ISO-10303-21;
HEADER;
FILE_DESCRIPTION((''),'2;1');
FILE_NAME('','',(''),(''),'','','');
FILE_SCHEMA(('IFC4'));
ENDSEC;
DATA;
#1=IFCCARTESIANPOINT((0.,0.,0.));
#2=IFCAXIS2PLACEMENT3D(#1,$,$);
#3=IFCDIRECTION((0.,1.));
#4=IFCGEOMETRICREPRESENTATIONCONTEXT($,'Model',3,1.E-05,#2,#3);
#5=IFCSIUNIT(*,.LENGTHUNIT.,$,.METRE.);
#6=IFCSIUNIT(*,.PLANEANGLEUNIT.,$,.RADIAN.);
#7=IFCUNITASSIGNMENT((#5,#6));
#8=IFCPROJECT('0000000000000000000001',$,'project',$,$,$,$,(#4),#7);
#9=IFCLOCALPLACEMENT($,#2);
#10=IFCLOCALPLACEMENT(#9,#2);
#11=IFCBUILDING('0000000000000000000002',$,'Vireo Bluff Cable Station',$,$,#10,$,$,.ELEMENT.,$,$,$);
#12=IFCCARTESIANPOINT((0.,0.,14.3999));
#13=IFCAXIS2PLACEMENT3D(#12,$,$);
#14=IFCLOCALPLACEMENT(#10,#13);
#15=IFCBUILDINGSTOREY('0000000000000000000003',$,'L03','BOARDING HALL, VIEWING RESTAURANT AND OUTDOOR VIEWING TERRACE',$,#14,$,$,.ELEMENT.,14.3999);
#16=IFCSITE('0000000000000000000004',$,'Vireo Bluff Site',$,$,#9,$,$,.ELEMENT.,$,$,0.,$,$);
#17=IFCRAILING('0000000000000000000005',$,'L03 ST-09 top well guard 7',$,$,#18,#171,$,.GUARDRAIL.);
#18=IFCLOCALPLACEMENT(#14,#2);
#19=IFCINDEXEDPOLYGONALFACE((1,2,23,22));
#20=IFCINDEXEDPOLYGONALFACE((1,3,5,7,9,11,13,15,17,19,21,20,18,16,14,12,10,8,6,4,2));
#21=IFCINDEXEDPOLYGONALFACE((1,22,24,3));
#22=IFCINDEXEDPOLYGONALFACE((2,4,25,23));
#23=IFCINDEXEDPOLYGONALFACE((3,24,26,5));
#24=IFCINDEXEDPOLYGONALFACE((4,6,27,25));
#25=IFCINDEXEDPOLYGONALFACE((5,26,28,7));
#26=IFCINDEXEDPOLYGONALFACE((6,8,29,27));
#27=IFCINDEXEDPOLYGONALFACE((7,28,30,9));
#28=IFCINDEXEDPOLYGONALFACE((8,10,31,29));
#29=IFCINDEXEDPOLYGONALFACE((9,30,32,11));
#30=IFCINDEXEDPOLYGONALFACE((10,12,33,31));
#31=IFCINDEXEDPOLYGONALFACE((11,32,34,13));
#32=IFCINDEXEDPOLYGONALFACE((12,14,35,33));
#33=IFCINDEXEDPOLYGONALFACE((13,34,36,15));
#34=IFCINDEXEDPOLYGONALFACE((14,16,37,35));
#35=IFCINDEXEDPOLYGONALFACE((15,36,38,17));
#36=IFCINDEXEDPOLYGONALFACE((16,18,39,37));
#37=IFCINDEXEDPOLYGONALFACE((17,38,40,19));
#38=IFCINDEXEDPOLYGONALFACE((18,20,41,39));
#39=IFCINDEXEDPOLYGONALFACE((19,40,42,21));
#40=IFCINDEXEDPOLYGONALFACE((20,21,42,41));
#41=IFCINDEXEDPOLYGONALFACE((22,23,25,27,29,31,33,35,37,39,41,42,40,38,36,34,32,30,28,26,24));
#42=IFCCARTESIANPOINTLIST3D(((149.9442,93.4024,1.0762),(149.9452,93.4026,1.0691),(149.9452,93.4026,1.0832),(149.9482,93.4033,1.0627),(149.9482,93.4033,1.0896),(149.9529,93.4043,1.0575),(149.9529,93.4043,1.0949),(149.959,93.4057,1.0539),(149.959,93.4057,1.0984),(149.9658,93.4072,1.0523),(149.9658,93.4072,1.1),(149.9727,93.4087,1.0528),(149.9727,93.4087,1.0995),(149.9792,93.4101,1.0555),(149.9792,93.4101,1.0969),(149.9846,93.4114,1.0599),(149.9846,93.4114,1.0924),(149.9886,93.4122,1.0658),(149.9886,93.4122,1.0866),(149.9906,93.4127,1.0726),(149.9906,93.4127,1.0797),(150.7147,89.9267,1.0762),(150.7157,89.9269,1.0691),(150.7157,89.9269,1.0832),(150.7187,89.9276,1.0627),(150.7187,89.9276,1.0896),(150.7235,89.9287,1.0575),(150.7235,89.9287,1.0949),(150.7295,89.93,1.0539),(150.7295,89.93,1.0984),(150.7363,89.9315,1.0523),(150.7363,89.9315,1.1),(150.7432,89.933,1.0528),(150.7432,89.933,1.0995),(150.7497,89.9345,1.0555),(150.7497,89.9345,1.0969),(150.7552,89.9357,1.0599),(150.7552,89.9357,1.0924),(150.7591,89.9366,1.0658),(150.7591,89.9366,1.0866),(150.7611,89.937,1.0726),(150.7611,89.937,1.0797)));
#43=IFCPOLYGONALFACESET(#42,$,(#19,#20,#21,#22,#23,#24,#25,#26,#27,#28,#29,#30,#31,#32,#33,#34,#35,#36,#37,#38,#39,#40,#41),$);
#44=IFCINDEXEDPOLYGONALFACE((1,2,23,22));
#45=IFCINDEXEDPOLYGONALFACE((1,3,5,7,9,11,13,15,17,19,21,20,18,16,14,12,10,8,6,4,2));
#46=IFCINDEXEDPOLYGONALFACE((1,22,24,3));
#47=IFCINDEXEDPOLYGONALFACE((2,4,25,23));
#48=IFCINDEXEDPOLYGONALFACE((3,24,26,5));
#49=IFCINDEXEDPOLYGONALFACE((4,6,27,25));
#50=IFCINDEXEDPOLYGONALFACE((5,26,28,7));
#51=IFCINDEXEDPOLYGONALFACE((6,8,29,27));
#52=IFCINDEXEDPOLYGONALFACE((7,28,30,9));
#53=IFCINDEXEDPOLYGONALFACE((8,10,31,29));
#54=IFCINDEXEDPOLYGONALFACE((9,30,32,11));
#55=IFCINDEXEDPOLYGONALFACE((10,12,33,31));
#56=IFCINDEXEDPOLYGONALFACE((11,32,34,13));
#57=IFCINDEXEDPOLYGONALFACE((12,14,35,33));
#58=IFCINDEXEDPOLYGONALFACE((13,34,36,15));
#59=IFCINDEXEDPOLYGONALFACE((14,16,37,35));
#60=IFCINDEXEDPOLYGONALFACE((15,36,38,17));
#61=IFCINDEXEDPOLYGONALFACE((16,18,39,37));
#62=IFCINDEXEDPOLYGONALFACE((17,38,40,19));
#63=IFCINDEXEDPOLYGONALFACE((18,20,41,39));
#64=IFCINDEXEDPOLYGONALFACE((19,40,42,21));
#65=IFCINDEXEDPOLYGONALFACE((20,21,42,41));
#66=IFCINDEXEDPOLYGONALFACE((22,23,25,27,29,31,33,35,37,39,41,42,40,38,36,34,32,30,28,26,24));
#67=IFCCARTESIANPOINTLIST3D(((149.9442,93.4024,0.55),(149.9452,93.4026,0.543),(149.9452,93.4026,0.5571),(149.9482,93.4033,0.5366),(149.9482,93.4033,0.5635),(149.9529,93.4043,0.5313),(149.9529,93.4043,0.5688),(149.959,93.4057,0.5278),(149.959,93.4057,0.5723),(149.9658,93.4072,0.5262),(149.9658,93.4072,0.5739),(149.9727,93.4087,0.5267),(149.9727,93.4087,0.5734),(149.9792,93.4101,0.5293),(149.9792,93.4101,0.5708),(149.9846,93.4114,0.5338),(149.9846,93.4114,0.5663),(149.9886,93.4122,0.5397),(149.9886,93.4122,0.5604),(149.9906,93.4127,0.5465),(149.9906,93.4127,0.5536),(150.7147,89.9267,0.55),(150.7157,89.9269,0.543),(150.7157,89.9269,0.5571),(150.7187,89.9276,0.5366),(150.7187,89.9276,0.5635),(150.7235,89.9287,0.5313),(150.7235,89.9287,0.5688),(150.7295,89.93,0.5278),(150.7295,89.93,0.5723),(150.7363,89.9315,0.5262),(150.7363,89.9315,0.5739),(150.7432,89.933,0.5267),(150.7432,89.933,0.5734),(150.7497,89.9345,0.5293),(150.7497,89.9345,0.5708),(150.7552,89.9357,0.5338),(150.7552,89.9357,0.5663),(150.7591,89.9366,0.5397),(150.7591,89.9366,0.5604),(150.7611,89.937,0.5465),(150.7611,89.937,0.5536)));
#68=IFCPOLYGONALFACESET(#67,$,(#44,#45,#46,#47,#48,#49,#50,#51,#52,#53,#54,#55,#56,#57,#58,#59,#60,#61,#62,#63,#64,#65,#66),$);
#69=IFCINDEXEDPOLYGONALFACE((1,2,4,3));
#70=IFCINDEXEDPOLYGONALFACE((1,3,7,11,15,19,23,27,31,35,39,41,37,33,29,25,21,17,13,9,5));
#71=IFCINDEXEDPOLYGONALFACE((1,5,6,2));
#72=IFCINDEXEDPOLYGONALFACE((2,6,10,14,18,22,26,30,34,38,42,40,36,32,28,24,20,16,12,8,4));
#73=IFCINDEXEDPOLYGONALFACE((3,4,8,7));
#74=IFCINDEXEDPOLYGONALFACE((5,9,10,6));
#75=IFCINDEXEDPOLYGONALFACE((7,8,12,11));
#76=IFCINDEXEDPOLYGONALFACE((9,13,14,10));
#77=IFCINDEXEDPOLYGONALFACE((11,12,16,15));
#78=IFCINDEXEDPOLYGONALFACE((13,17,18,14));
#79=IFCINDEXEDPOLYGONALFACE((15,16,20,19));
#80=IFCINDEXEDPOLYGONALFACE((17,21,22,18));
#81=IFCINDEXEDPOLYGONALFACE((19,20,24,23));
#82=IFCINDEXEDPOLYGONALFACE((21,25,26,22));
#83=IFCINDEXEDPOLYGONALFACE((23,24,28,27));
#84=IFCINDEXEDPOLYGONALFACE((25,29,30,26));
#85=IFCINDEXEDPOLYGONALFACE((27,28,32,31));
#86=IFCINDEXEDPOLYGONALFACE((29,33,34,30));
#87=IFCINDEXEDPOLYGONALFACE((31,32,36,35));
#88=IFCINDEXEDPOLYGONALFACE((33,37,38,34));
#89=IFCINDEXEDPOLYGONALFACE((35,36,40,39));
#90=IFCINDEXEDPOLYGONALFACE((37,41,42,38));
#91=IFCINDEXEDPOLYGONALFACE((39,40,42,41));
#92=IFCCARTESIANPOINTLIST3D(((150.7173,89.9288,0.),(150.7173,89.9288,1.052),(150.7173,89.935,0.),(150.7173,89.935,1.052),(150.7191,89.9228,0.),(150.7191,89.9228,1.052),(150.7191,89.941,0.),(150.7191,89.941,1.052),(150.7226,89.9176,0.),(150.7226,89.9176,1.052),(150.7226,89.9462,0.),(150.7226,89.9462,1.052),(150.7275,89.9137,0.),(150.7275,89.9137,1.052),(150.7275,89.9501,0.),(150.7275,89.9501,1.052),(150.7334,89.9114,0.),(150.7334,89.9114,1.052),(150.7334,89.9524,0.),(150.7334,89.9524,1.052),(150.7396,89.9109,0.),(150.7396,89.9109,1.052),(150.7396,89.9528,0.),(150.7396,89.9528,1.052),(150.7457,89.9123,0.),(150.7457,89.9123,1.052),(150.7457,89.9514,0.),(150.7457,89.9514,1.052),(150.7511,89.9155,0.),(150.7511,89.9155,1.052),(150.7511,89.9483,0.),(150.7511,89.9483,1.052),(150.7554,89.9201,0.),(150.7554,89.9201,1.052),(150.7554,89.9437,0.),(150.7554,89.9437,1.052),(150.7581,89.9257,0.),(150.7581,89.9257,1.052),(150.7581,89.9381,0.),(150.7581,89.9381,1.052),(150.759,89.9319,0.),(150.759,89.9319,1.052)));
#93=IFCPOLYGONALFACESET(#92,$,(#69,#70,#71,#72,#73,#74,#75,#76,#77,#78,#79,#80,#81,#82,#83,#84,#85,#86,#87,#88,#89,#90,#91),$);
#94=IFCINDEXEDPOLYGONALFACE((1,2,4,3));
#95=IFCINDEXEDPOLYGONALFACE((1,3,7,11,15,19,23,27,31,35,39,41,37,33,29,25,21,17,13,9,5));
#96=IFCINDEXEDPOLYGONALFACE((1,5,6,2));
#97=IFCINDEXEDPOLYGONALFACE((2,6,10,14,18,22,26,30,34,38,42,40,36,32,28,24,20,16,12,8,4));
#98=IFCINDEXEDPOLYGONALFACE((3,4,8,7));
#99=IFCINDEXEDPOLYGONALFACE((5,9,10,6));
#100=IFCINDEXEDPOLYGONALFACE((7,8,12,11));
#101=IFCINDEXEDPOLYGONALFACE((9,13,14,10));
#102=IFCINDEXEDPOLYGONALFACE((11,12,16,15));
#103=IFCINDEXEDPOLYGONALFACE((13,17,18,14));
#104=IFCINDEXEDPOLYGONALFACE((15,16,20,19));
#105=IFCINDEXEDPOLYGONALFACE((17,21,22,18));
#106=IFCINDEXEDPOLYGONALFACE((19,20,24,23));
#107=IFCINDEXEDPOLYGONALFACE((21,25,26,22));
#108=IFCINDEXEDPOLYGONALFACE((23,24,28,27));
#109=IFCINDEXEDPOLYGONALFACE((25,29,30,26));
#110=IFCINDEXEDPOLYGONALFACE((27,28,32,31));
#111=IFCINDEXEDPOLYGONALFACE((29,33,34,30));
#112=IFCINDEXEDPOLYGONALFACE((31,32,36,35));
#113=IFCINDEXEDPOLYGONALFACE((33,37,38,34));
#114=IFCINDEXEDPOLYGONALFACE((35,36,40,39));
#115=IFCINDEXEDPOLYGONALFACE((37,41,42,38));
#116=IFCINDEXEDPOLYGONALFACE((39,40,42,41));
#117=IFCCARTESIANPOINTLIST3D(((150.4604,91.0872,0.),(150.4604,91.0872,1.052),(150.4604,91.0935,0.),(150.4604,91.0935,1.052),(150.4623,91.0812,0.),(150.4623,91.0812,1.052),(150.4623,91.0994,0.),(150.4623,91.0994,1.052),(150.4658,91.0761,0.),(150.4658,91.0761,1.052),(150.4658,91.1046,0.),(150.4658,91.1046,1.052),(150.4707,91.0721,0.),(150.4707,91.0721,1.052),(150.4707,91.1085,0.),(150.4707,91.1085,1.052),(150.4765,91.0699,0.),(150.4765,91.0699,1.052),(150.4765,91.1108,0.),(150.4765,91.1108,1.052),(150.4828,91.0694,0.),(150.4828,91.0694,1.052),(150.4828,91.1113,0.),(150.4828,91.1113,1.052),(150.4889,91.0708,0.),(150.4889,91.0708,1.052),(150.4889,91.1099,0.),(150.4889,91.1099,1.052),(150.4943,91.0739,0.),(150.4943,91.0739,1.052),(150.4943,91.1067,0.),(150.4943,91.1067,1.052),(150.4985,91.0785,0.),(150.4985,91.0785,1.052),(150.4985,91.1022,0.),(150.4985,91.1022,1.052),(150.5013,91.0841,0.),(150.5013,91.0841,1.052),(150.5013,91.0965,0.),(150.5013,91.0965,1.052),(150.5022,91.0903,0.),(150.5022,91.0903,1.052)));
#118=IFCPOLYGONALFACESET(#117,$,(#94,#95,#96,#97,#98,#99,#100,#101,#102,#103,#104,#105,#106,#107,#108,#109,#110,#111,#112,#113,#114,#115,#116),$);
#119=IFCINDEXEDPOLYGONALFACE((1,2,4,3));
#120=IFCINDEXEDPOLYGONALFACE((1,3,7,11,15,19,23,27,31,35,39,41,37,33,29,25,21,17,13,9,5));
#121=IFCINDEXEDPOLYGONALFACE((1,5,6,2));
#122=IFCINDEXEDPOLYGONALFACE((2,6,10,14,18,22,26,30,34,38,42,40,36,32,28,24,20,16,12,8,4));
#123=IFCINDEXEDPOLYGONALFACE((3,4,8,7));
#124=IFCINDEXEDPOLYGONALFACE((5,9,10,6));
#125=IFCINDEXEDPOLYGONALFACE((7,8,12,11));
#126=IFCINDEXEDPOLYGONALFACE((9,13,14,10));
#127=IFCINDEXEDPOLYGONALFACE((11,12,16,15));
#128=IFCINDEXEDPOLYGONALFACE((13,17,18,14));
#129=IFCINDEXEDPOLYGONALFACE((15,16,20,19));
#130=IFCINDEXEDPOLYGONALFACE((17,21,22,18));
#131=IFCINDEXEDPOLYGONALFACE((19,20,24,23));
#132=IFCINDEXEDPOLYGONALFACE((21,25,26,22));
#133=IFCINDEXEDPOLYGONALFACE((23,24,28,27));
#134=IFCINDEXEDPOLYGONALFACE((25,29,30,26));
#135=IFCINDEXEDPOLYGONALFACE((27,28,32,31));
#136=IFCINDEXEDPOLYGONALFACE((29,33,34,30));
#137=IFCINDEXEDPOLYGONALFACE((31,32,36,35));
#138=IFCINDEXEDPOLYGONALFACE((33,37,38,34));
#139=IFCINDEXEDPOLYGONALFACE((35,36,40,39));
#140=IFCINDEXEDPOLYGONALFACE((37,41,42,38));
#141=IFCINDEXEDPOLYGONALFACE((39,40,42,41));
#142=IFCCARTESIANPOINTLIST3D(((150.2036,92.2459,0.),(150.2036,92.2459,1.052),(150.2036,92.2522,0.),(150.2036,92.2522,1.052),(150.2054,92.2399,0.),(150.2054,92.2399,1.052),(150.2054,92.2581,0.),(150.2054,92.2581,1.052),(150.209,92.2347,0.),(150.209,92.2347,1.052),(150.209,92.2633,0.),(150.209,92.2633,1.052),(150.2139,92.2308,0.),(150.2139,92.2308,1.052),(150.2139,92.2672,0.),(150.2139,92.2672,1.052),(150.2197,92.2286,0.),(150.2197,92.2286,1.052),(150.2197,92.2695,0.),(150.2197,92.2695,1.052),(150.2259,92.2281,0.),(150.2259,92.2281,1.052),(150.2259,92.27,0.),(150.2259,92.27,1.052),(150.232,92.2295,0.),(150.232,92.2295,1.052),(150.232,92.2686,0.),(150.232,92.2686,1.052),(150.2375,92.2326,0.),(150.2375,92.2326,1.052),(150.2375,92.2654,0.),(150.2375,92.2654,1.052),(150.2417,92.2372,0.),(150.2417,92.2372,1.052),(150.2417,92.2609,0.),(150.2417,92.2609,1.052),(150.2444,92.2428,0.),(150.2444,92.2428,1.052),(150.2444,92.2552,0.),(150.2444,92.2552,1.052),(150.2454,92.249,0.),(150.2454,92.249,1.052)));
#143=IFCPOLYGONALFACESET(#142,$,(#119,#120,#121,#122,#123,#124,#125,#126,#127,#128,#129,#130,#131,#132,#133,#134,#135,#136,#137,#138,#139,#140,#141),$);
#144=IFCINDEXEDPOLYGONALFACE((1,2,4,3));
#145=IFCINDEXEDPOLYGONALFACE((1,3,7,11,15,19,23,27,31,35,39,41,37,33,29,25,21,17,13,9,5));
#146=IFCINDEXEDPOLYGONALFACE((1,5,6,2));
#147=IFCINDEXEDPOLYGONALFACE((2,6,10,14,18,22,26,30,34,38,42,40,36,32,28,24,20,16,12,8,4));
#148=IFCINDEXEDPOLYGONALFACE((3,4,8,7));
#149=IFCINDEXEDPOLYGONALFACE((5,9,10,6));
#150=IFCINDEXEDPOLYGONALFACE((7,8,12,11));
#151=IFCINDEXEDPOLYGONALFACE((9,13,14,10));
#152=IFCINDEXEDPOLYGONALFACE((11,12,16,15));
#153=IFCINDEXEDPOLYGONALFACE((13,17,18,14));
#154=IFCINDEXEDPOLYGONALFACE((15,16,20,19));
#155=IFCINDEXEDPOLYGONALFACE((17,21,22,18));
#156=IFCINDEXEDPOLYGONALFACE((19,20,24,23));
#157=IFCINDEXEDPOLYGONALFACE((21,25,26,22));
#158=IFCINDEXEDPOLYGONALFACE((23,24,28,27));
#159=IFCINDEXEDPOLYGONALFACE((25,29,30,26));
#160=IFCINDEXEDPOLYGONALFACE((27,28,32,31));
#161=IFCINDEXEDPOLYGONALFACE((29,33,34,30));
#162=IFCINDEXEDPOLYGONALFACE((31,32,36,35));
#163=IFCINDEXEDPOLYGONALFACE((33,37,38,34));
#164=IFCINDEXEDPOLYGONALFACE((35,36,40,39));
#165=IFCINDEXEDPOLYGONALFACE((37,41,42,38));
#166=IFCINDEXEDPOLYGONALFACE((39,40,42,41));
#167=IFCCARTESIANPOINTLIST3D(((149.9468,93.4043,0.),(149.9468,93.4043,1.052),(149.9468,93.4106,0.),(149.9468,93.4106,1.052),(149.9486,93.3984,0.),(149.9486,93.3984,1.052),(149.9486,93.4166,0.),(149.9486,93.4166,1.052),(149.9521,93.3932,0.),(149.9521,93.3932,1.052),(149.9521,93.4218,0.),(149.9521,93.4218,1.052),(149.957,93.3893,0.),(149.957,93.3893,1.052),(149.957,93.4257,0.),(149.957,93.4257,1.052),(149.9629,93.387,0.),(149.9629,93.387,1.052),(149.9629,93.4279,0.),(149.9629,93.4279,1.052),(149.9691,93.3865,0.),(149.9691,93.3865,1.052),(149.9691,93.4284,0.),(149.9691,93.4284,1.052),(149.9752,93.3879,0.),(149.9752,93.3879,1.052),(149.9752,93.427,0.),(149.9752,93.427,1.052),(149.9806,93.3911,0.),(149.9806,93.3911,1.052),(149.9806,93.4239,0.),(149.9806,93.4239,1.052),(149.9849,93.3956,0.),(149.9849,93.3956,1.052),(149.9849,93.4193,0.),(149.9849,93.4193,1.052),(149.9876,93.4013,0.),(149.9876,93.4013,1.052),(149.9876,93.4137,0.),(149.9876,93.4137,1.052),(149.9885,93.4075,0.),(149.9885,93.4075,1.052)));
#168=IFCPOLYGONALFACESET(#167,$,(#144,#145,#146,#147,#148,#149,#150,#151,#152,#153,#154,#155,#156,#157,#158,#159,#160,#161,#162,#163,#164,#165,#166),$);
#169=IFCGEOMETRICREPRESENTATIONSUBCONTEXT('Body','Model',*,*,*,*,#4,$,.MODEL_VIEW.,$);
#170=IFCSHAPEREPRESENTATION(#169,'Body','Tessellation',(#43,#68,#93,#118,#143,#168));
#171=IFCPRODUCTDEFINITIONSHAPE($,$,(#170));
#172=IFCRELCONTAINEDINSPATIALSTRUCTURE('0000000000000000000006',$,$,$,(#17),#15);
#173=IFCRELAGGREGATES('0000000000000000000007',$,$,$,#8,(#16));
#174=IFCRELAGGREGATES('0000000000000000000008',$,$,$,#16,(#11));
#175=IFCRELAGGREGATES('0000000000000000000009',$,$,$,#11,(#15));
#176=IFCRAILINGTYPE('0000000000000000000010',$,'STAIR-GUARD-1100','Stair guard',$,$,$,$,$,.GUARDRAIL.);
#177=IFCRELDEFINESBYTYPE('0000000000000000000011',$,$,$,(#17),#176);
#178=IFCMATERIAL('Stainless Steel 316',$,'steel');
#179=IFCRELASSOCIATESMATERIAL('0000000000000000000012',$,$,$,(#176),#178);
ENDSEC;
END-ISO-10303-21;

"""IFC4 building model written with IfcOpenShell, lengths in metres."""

from ifc_helpers import new_model, si_unit, direction, frame, origin, origin_2d, place, context, subcontext, project, spatial, circle, extrude, material, type_object, element, save


model = new_model("IFC4")

# Units and contexts
model_context = context("Model", 3, precision=1e-05, world=origin(), true_north=direction((0.0, 1.0)))
body_context = subcontext(model_context, "Body", "Model", "MODEL_VIEW")
ifc_project = project(units=[si_unit("LENGTHUNIT", "METRE"), si_unit("PLANEANGLEUNIT", "RADIAN")], contexts=[model_context])

# Site, building, storey
site_placement = place(None, origin())
site = spatial("IfcSite", under=ifc_project, at=site_placement, Name="Vireo Bluff Site", CompositionType="ELEMENT", RefElevation=0.0)
building_placement = place(site_placement, origin())
building = spatial("IfcBuilding", under=site, at=building_placement, Name="Vireo Bluff Cable Station", CompositionType="ELEMENT")
storey_placement = place(building_placement, frame((0.0, 0.0, 14.3999)))
storey = spatial("IfcBuildingStorey", under=building, at=storey_placement, Name="L03", Description="BOARDING HALL, VIEWING RESTAURANT AND OUTDOOR VIEWING TERRACE", CompositionType="ELEMENT", Elevation=14.3999)

# Shared definitions
ifc_material_1 = material(Name="Stainless Steel 316", Category="steel")

# Railing
railing_type = type_object("IfcRailingType", Name="STAIR-GUARD-1100", Description="Stair guard", PredefinedType="GUARDRAIL", material=ifc_material_1)
railing_1_placement = place(storey_placement, frame((150.738, 89.9319, 0.0)))
element("IfcRailing", 1, at=railing_1_placement, inside=storey, type_object=railing_type, Name="L03 ST-09 top well guard 7", PredefinedType="GUARDRAIL", context=body_context, shape_type="SweptSolid", body=[
    extrude(circle(Radius=0.0239, at=origin_2d()), frame((0.0, 0.0, 1.0762), z_axis=(-0.216437, 0.976297, 0.0), x_axis=(-0.976297, -0.216437, 0.0)), (0.0, 0.0, 1.0), 3.5601),
    extrude(circle(Radius=0.0239, at=origin_2d()), frame((0.0, 0.0, 0.55), z_axis=(-0.216437, 0.976297, 0.0), x_axis=(-0.976297, -0.216437, 0.0)), (0.0, 0.0, 1.0), 3.5601),
    extrude(circle(Radius=0.021, at=origin_2d()), origin(), (0.0, 0.0, 1.0), 1.052),
    extrude(circle(Radius=0.021, at=origin_2d()), frame((-0.2568, 1.1584, 0.0)), (0.0, 0.0, 1.0), 1.052),
    extrude(circle(Radius=0.021, at=origin_2d()), frame((-0.5137, 2.3171, 0.0)), (0.0, 0.0, 1.0), 1.052),
    extrude(circle(Radius=0.021, at=origin_2d()), frame((-0.7705, 3.4756, 0.0)), (0.0, 0.0, 1.0), 1.052),
])

save(model, "model.ifc")
